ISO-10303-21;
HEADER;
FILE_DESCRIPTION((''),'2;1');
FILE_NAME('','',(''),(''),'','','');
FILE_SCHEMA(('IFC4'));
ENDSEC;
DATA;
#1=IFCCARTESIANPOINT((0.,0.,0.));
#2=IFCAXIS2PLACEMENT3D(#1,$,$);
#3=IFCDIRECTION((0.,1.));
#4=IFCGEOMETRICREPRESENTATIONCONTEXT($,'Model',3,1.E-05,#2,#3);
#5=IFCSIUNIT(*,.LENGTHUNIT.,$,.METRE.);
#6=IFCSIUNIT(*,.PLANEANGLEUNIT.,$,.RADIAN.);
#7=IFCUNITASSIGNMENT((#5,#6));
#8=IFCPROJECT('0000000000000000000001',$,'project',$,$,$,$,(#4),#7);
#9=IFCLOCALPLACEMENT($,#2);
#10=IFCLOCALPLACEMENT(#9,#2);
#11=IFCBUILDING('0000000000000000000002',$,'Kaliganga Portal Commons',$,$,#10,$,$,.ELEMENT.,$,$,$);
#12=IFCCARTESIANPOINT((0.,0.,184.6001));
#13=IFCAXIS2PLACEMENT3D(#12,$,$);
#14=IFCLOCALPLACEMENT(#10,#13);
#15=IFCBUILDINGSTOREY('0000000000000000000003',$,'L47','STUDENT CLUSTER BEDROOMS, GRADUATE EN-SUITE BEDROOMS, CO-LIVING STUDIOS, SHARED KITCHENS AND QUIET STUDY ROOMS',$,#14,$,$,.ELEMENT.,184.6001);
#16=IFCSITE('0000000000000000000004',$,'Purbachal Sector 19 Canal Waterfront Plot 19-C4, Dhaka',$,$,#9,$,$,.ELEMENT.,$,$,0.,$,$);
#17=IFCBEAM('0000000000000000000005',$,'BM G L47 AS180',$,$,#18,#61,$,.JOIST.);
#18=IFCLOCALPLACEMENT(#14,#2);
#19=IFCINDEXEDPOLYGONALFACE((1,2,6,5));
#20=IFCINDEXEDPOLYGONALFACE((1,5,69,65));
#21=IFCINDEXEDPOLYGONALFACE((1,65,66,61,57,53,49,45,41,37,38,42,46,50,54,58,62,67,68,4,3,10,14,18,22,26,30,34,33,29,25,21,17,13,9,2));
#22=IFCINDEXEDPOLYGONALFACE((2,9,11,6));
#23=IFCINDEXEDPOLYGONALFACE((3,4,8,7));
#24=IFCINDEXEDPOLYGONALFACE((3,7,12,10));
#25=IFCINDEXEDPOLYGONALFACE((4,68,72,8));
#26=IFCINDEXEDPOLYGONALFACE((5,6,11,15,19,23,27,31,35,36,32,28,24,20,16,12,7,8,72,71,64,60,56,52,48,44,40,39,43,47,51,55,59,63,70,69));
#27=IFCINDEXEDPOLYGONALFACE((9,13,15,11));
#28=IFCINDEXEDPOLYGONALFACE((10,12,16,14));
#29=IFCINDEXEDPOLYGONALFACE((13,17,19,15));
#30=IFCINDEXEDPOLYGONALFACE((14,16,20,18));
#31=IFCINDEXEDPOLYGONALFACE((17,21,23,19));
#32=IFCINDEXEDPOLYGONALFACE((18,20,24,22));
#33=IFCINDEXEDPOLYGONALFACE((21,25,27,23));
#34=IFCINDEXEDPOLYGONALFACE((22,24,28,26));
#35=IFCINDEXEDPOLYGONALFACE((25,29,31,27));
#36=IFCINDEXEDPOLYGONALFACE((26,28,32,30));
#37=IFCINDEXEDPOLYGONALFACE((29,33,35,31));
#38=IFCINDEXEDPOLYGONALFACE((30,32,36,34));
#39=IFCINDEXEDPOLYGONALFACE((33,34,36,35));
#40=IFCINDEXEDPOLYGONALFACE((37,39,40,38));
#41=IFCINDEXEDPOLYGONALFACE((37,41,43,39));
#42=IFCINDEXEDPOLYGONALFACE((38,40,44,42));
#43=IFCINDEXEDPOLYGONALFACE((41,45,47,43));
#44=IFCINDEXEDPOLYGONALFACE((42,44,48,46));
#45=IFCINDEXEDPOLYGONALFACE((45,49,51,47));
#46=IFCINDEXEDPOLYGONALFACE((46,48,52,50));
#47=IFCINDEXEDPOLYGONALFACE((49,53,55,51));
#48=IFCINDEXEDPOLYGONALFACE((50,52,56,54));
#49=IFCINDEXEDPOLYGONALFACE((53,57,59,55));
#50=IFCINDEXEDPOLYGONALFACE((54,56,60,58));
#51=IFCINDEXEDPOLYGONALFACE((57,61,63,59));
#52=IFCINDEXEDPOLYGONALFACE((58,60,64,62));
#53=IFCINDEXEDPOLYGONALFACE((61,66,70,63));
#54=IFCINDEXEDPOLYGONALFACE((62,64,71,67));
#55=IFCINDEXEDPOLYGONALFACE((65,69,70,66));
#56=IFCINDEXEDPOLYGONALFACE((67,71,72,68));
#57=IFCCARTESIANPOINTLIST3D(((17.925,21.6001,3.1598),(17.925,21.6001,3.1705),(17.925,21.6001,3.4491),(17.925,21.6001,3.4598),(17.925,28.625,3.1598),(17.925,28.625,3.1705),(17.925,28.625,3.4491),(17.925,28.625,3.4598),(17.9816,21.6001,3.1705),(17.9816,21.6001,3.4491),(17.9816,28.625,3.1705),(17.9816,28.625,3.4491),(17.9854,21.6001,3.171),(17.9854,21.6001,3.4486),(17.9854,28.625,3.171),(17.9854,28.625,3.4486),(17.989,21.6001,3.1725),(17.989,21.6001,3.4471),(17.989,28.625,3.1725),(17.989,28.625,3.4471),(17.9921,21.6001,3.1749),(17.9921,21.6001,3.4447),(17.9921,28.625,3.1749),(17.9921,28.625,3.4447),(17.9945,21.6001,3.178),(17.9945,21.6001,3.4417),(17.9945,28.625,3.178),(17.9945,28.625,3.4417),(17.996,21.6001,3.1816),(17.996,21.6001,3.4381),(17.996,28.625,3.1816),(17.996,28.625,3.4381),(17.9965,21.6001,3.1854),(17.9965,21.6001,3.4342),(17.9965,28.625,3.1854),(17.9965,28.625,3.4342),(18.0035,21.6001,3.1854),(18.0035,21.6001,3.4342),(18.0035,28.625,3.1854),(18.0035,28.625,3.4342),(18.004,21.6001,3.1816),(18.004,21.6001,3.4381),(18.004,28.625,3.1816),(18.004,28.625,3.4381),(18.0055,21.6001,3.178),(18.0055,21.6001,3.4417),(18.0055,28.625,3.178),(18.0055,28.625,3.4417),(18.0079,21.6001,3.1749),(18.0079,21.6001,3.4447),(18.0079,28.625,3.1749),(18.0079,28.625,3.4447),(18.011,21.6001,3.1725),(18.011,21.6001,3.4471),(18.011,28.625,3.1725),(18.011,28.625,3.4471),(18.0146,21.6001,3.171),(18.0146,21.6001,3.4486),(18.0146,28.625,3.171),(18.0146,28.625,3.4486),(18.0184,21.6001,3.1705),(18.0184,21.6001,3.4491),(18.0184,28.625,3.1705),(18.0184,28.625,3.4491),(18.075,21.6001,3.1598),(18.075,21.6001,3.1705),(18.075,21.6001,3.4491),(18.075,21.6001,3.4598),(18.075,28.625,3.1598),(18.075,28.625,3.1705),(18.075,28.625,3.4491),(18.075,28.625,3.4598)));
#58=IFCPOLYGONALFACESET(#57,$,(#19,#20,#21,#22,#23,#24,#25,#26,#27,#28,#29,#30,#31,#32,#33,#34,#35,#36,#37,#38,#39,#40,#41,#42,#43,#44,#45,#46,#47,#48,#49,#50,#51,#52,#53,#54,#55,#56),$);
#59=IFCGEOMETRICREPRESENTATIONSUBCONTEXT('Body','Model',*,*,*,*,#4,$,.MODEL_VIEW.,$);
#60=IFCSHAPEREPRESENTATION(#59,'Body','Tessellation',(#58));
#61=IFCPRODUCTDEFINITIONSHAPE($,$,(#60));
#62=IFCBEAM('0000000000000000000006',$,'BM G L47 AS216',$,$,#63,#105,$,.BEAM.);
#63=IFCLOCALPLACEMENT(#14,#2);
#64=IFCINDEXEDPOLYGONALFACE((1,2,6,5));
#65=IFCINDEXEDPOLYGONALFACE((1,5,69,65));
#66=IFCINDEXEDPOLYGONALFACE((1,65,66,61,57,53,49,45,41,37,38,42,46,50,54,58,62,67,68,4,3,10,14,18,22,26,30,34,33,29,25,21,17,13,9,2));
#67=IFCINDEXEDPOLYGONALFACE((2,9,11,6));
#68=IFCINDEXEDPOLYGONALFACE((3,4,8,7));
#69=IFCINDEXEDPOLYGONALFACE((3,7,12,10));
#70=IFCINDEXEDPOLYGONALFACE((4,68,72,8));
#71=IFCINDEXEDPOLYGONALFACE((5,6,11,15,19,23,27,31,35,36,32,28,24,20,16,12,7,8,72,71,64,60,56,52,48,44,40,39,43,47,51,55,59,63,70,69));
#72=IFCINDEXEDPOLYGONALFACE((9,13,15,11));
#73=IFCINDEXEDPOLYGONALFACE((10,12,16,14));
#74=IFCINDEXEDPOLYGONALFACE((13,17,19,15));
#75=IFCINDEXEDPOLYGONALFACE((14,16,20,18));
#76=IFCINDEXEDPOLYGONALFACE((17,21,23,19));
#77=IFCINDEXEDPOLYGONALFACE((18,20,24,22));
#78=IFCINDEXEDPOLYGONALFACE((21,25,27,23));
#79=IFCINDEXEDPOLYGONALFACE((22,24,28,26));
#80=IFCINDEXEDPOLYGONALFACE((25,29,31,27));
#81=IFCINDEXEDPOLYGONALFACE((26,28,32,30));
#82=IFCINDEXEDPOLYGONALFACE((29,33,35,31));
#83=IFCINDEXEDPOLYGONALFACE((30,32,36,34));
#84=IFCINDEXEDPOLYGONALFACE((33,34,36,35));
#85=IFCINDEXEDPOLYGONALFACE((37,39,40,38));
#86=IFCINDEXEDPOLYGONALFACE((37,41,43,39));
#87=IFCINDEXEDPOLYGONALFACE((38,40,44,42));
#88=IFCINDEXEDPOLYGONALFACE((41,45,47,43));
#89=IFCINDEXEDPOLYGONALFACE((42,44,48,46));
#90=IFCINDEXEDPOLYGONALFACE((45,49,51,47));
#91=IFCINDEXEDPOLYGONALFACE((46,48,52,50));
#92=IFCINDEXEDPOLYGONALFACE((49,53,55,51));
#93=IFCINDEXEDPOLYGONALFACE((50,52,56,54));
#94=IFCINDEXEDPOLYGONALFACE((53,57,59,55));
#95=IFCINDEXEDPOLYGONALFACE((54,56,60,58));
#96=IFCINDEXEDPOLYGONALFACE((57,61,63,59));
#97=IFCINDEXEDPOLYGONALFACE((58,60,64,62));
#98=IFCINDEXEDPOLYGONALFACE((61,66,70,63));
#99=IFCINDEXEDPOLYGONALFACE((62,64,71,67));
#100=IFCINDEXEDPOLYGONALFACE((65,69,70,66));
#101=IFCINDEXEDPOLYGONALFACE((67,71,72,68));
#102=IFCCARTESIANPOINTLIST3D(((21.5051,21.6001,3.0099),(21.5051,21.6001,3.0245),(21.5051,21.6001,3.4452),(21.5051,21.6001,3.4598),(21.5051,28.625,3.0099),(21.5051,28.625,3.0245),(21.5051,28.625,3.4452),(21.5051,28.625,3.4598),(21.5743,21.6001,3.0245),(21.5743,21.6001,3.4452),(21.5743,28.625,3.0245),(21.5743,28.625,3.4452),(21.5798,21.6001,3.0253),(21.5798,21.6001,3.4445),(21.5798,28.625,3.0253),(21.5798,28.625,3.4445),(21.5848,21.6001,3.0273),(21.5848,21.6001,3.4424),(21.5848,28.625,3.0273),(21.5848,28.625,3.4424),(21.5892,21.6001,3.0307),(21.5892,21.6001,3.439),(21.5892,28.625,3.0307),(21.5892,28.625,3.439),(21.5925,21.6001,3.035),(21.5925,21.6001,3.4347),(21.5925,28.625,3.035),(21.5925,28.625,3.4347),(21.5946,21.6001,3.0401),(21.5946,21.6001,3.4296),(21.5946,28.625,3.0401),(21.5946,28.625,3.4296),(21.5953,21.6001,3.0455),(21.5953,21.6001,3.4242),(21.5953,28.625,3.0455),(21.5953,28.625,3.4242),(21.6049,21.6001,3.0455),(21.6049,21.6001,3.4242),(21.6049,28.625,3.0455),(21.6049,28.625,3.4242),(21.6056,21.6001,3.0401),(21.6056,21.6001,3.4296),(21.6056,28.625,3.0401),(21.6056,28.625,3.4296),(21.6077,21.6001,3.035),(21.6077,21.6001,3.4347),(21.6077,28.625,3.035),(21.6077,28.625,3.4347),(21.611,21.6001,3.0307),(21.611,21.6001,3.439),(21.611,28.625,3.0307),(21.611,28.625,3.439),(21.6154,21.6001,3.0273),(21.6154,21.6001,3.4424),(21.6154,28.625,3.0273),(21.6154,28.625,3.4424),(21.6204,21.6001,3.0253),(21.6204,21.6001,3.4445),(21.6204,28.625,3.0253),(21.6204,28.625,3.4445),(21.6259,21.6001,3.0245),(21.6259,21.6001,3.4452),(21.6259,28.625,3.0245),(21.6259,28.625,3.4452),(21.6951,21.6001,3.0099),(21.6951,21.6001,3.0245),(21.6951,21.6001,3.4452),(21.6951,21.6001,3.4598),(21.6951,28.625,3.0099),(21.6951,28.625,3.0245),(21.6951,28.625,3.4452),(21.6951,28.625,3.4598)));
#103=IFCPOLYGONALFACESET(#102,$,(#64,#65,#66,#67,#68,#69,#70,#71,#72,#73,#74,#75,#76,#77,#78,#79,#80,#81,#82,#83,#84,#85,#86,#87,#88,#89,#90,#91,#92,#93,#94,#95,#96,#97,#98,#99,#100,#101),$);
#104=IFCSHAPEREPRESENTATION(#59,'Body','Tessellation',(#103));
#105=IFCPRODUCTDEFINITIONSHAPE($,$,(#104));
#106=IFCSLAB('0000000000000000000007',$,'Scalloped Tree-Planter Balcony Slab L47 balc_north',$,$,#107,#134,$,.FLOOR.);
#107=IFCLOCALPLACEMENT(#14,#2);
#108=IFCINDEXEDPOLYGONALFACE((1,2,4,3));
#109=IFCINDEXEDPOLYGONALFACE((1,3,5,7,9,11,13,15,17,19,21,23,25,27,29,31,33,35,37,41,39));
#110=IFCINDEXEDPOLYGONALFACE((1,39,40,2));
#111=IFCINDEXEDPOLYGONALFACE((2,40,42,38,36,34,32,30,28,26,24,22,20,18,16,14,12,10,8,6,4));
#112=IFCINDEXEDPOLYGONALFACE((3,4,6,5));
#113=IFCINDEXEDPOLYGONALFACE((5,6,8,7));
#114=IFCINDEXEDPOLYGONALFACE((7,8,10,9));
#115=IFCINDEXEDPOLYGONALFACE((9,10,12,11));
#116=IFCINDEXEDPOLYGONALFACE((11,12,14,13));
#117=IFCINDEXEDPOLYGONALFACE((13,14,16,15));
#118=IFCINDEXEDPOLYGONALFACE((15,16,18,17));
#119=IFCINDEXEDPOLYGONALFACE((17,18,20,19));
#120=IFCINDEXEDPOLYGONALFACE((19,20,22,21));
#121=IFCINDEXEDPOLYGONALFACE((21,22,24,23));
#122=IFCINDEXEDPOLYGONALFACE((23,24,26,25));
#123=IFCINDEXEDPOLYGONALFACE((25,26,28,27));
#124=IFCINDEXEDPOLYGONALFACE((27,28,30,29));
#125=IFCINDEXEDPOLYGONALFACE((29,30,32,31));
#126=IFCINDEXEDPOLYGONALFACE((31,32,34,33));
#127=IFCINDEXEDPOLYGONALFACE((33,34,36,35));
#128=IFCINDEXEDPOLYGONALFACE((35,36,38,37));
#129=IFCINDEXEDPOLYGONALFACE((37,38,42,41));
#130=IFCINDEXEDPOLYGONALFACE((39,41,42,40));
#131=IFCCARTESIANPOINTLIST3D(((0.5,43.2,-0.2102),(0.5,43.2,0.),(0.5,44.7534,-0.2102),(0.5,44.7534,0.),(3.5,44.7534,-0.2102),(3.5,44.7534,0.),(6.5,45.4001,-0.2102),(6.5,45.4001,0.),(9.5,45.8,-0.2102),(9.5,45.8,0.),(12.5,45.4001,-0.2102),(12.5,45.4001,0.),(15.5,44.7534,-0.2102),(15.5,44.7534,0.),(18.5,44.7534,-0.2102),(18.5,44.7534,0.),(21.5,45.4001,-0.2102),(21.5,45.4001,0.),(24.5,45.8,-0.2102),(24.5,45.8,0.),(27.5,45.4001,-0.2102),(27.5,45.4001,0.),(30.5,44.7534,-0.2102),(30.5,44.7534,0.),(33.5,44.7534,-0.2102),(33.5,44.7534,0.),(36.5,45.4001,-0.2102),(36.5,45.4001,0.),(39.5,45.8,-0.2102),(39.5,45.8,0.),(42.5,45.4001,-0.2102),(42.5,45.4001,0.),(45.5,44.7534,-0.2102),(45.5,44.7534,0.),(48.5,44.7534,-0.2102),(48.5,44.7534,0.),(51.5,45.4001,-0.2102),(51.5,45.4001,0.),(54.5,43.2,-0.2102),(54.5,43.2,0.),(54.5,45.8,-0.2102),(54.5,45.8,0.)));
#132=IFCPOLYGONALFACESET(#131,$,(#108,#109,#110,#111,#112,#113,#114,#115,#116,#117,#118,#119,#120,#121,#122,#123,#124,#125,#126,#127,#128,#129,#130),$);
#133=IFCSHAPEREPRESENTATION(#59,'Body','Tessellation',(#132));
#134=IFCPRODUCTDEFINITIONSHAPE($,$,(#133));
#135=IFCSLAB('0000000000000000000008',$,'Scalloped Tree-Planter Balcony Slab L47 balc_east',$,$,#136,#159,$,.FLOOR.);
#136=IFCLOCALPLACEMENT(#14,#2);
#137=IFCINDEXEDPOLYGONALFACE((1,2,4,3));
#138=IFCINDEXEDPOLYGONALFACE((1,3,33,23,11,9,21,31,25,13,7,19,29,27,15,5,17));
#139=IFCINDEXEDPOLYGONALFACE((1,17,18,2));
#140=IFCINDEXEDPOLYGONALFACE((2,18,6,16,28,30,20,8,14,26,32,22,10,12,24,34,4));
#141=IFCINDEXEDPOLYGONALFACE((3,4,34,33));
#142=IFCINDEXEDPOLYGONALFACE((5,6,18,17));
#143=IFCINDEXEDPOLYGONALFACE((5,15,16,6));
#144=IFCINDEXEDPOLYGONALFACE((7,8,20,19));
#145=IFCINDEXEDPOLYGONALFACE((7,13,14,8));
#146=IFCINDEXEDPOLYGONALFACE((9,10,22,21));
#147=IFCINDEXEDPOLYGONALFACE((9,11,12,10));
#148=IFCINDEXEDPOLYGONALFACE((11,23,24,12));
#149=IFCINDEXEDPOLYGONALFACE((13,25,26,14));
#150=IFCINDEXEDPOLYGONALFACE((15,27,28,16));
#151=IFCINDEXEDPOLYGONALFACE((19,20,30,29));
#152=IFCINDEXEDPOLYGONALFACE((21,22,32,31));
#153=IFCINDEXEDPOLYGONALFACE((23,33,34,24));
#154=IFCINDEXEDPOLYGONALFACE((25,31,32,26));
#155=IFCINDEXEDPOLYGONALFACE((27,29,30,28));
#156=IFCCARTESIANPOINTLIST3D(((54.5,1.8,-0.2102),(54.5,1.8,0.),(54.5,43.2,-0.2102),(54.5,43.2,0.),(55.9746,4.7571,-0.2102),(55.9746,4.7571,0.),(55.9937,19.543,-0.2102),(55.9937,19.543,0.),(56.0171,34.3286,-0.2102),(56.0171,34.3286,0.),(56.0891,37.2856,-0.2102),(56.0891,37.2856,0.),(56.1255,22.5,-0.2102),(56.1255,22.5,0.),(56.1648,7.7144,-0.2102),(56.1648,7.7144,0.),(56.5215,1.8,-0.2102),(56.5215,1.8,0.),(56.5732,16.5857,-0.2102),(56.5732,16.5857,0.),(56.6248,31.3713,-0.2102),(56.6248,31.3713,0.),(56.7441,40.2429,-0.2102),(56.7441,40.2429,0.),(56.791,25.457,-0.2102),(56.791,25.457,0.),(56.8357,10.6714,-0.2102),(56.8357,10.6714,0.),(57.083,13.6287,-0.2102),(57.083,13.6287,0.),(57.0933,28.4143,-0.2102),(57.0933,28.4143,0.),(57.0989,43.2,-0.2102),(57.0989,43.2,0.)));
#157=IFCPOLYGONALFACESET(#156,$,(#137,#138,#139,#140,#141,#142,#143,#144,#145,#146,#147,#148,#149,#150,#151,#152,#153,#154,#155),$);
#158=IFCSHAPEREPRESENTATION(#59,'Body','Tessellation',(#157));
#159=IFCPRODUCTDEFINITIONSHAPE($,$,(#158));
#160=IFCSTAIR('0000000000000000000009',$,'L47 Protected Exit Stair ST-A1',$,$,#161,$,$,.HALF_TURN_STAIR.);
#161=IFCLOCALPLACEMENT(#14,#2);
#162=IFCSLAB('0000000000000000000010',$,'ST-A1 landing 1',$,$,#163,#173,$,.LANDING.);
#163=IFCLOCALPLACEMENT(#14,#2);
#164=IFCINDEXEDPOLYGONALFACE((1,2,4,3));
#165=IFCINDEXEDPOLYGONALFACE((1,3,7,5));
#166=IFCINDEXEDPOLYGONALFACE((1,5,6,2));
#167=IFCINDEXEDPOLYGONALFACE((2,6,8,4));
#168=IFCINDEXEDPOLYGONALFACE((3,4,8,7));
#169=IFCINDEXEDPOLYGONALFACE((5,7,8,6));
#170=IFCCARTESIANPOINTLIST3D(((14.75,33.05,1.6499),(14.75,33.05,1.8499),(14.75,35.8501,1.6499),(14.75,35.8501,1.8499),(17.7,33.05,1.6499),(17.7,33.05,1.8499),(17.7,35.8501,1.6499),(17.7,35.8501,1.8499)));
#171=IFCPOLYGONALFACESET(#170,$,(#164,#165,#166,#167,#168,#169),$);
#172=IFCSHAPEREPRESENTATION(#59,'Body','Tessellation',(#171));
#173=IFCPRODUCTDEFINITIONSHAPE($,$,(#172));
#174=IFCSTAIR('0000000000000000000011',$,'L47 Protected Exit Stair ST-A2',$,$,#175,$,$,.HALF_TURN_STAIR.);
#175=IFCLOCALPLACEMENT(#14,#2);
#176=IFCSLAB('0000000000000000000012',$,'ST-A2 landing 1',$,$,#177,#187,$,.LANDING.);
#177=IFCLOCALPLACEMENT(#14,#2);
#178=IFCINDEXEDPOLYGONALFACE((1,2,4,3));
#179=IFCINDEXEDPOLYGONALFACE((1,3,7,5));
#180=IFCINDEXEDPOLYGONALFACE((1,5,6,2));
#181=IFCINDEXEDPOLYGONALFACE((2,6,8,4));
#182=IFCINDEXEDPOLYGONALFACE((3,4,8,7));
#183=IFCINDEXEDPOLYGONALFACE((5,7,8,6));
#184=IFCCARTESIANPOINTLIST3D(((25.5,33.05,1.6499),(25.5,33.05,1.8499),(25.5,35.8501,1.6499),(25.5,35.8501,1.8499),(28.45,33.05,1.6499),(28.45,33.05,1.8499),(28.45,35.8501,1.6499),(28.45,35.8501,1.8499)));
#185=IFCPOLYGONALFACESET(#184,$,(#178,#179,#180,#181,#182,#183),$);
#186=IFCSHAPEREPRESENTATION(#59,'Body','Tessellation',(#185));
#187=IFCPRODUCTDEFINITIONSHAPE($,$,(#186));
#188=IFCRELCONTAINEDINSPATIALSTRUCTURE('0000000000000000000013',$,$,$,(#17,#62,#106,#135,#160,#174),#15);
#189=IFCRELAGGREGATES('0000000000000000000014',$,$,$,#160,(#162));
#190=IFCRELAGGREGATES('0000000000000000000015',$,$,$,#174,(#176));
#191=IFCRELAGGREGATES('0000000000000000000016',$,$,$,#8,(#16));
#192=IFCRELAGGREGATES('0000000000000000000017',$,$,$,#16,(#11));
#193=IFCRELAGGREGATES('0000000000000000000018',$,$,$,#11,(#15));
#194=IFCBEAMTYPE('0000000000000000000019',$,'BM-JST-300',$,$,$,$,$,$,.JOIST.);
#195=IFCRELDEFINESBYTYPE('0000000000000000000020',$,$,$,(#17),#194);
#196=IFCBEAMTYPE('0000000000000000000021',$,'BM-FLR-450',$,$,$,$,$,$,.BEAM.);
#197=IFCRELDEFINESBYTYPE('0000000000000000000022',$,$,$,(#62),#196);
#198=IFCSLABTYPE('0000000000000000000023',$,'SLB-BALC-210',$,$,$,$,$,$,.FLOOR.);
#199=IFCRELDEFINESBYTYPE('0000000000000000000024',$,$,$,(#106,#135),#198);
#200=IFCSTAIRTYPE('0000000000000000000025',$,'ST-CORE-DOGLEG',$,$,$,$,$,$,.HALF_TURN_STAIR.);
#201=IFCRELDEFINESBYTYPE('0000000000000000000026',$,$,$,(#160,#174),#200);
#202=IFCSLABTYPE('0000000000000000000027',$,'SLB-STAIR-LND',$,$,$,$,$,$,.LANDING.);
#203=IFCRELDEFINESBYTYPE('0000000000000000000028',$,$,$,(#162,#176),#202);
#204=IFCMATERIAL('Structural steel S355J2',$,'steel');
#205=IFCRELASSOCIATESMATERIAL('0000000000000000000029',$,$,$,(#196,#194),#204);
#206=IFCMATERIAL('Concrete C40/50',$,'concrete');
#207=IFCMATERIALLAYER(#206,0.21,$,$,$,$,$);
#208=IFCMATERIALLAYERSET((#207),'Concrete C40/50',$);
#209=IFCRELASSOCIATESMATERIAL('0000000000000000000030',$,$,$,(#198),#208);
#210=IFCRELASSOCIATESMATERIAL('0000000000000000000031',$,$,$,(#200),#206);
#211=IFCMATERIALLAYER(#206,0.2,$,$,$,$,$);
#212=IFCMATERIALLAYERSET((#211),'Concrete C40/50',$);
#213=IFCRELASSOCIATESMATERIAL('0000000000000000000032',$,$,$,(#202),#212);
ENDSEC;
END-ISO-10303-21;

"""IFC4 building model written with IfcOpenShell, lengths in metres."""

from ifc_helpers import new_model, si_unit, direction, frame, origin, origin_2d, place, context, subcontext, project, spatial, polyline, i_section, outline, extrude, source, transform, mapped, material, layer, layer_set, material_profile, profile_set, type_object, element, aggregate, save


model = new_model("IFC4")

# Units and contexts
model_context = context("Model", 3, precision=1e-05, world=origin(), true_north=direction((0.0, 1.0)))
body_context = subcontext(model_context, "Body", "Model", "MODEL_VIEW")
ifc_project = project(units=[si_unit("LENGTHUNIT", "METRE"), si_unit("PLANEANGLEUNIT", "RADIAN")], contexts=[model_context])

# Site, building, storey
site_placement = place(None, origin())
site = spatial("IfcSite", under=ifc_project, at=site_placement, Name="Purbachal Sector 19 Canal Waterfront Plot 19-C4, Dhaka", CompositionType="ELEMENT", RefElevation=0.0)
building_placement = place(site_placement, origin())
building = spatial("IfcBuilding", under=site, at=building_placement, Name="Kaliganga Portal Commons", CompositionType="ELEMENT")
storey_placement = place(building_placement, frame((0.0, 0.0, 184.6001)))
storey = spatial("IfcBuildingStorey", under=building, at=storey_placement, Name="L47", Description="STUDENT CLUSTER BEDROOMS, GRADUATE EN-SUITE BEDROOMS, CO-LIVING STUDIOS, SHARED KITCHENS AND QUIET STUDY ROOMS", CompositionType="ELEMENT", Elevation=184.6001)

# Beams
ifc_material_1 = material(Name="Structural steel S355J2", Category="steel")
ifc_material_profile_1 = material_profile(ifc_material_1, i_section(OverallWidth=0.1899, OverallDepth=0.45, WebThickness=0.0095, FlangeThickness=0.0146, FilletRadius=0.021, at=origin_2d()), Name="IPE 450")
ifc_profile_set_1 = profile_set([ifc_material_profile_1], Name="Structural steel S355J2 wide-flange")
beam_type_1 = type_object("IfcBeamType", Name="BM-FLR-450", PredefinedType="BEAM", material=ifc_profile_set_1)
ifc_material_profile_2 = material_profile(ifc_material_1, i_section(OverallWidth=0.1499, OverallDepth=0.3, WebThickness=0.0071, FlangeThickness=0.0107, FilletRadius=0.0149, at=origin_2d()), Name="IPE 300")
ifc_profile_set_2 = profile_set([ifc_material_profile_2], Name="Structural steel S355J2 wide-flange")
beam_type_2 = type_object("IfcBeamType", Name="BM-JST-300", PredefinedType="JOIST", material=ifc_profile_set_2)
shared_shape_1 = source(origin(), body_context, "Body", "SweptSolid", [
    extrude(i_section(OverallWidth=0.1499, OverallDepth=0.3, WebThickness=0.0071, FlangeThickness=0.0107, FilletRadius=0.0149, at=origin_2d()), origin(), (0.0, 0.0, 1.0), 7.0249),
])
beam_1_placement = place(storey_placement, frame((18.0, 21.6001, 3.3098), z_axis=(0.0, 1.0, 0.0), x_axis=(-1.0, 0.0, 0.0)))
element("IfcBeam", 1, at=beam_1_placement, inside=storey, type_object=beam_type_2, Name="BM G L47 AS180", PredefinedType="JOIST", context=body_context, shape_type="MappedRepresentation", body=[
    mapped(shared_shape_1, transform((0.0, 0.0, 0.0), x_axis=(1.0, 0.0, 0.0), y_axis=(0.0, 1.0, 0.0), z_axis=(0.0, 0.0, 1.0), scale=1.0)),
])
shared_shape_2 = source(origin(), body_context, "Body", "SweptSolid", [
    extrude(i_section(OverallWidth=0.1899, OverallDepth=0.45, WebThickness=0.0095, FlangeThickness=0.0146, FilletRadius=0.021, at=origin_2d()), origin(), (0.0, 0.0, 1.0), 7.0249),
])
beam_2_placement = place(storey_placement, frame((21.6001, 21.6001, 3.2349), z_axis=(0.0, 1.0, 0.0), x_axis=(-1.0, 0.0, 0.0)))
element("IfcBeam", 2, at=beam_2_placement, inside=storey, type_object=beam_type_1, Name="BM G L47 AS216", PredefinedType="BEAM", context=body_context, shape_type="MappedRepresentation", body=[
    mapped(shared_shape_2, transform((0.0, 0.0, 0.0), x_axis=(1.0, 0.0, 0.0), y_axis=(0.0, 1.0, 0.0), z_axis=(0.0, 0.0, 1.0), scale=1.0)),
])

# Slabs
ifc_material_2 = material(Name="Concrete C40/50", Category="concrete")
ifc_layer_1 = layer(ifc_material_2, 0.21)
ifc_layer_set_1 = layer_set([ifc_layer_1], Name="Concrete C40/50")
slab_type_1 = type_object("IfcSlabType", Name="SLB-BALC-210", PredefinedType="FLOOR", material=ifc_layer_set_1)
slab_1_placement = place(storey_placement, frame((0.0, 0.0, -0.2102)))
element("IfcSlab", 3, at=slab_1_placement, inside=storey, type_object=slab_type_1, Name="Scalloped Tree-Planter Balcony Slab L47 balc_north", PredefinedType="FLOOR", context=body_context, shape_type="SweptSolid", body=[
    extrude(outline(polyline([(54.5, 43.2), (54.5, 45.8), (51.5, 45.4001), (48.5, 44.7534), (45.5, 44.7534), (42.5, 45.4001), (39.5, 45.8), (36.5, 45.4001), (33.5, 44.7534), (30.5, 44.7534), (27.5, 45.4001), (24.5, 45.8), (21.5, 45.4001), (18.5, 44.7534), (15.5, 44.7534), (12.5, 45.4001), (9.5, 45.8), (6.5, 45.4001), (3.5, 44.7534), (0.5, 44.7534), (0.5, 43.2), (54.5, 43.2)])), origin(), (0.0, 0.0, 1.0), 0.2102),
])
slab_2_placement = place(storey_placement, frame((0.0, 0.0, -0.2102)))
element("IfcSlab", 4, at=slab_2_placement, inside=storey, type_object=slab_type_1, Name="Scalloped Tree-Planter Balcony Slab L47 balc_east", PredefinedType="FLOOR", context=body_context, shape_type="SweptSolid", body=[
    extrude(outline(polyline([(54.5, 1.8), (56.5215, 1.8), (55.9746, 4.7571), (56.1648, 7.7144), (56.8357, 10.6714), (57.083, 13.6287), (56.5732, 16.5857), (55.9937, 19.543), (56.1255, 22.5), (56.791, 25.457), (57.0933, 28.4143), (56.6248, 31.3713), (56.0171, 34.3286), (56.0891, 37.2856), (56.7441, 40.2429), (57.0989, 43.2), (54.5, 43.2), (54.5, 1.8)])), origin(), (0.0, 0.0, 1.0), 0.2102),
])

# Stairs, slabs
stair_type = type_object("IfcStairType", Name="ST-CORE-DOGLEG", PredefinedType="HALF_TURN_STAIR", material=ifc_material_2)
stair_1_placement = place(storey_placement, origin())
stair_1 = element("IfcStair", 5, at=stair_1_placement, inside=storey, type_object=stair_type, Name="L47 Protected Exit Stair ST-A1", PredefinedType="HALF_TURN_STAIR")
ifc_layer_2 = layer(ifc_material_2, 0.2)
ifc_layer_set_2 = layer_set([ifc_layer_2], Name="Concrete C40/50")
slab_type_2 = type_object("IfcSlabType", Name="SLB-STAIR-LND", PredefinedType="LANDING", material=ifc_layer_set_2)
slab_3_placement = place(storey_placement, frame((0.0, 0.0, 1.6499)))
slab_3 = element("IfcSlab", 6, at=slab_3_placement, type_object=slab_type_2, Name="ST-A1 landing 1", PredefinedType="LANDING", context=body_context, shape_type="SweptSolid", body=[
    extrude(outline(polyline([(17.7, 33.05), (17.7, 35.8501), (14.75, 35.8501), (14.75, 33.05), (17.7, 33.05)])), origin(), (0.0, 0.0, 1.0), 0.2),
])
aggregate(stair_1, [slab_3])
stair_2_placement = place(storey_placement, origin())
stair_2 = element("IfcStair", 7, at=stair_2_placement, inside=storey, type_object=stair_type, Name="L47 Protected Exit Stair ST-A2", PredefinedType="HALF_TURN_STAIR")
slab_4_placement = place(storey_placement, frame((0.0, 0.0, 1.6499)))
slab_4 = element("IfcSlab", 8, at=slab_4_placement, type_object=slab_type_2, Name="ST-A2 landing 1", PredefinedType="LANDING", context=body_context, shape_type="SweptSolid", body=[
    extrude(outline(polyline([(28.45, 33.05), (28.45, 35.8501), (25.5, 35.8501), (25.5, 33.05), (28.45, 33.05)])), origin(), (0.0, 0.0, 1.0), 0.2),
])
aggregate(stair_2, [slab_4])

save(model, "model.ifc")
